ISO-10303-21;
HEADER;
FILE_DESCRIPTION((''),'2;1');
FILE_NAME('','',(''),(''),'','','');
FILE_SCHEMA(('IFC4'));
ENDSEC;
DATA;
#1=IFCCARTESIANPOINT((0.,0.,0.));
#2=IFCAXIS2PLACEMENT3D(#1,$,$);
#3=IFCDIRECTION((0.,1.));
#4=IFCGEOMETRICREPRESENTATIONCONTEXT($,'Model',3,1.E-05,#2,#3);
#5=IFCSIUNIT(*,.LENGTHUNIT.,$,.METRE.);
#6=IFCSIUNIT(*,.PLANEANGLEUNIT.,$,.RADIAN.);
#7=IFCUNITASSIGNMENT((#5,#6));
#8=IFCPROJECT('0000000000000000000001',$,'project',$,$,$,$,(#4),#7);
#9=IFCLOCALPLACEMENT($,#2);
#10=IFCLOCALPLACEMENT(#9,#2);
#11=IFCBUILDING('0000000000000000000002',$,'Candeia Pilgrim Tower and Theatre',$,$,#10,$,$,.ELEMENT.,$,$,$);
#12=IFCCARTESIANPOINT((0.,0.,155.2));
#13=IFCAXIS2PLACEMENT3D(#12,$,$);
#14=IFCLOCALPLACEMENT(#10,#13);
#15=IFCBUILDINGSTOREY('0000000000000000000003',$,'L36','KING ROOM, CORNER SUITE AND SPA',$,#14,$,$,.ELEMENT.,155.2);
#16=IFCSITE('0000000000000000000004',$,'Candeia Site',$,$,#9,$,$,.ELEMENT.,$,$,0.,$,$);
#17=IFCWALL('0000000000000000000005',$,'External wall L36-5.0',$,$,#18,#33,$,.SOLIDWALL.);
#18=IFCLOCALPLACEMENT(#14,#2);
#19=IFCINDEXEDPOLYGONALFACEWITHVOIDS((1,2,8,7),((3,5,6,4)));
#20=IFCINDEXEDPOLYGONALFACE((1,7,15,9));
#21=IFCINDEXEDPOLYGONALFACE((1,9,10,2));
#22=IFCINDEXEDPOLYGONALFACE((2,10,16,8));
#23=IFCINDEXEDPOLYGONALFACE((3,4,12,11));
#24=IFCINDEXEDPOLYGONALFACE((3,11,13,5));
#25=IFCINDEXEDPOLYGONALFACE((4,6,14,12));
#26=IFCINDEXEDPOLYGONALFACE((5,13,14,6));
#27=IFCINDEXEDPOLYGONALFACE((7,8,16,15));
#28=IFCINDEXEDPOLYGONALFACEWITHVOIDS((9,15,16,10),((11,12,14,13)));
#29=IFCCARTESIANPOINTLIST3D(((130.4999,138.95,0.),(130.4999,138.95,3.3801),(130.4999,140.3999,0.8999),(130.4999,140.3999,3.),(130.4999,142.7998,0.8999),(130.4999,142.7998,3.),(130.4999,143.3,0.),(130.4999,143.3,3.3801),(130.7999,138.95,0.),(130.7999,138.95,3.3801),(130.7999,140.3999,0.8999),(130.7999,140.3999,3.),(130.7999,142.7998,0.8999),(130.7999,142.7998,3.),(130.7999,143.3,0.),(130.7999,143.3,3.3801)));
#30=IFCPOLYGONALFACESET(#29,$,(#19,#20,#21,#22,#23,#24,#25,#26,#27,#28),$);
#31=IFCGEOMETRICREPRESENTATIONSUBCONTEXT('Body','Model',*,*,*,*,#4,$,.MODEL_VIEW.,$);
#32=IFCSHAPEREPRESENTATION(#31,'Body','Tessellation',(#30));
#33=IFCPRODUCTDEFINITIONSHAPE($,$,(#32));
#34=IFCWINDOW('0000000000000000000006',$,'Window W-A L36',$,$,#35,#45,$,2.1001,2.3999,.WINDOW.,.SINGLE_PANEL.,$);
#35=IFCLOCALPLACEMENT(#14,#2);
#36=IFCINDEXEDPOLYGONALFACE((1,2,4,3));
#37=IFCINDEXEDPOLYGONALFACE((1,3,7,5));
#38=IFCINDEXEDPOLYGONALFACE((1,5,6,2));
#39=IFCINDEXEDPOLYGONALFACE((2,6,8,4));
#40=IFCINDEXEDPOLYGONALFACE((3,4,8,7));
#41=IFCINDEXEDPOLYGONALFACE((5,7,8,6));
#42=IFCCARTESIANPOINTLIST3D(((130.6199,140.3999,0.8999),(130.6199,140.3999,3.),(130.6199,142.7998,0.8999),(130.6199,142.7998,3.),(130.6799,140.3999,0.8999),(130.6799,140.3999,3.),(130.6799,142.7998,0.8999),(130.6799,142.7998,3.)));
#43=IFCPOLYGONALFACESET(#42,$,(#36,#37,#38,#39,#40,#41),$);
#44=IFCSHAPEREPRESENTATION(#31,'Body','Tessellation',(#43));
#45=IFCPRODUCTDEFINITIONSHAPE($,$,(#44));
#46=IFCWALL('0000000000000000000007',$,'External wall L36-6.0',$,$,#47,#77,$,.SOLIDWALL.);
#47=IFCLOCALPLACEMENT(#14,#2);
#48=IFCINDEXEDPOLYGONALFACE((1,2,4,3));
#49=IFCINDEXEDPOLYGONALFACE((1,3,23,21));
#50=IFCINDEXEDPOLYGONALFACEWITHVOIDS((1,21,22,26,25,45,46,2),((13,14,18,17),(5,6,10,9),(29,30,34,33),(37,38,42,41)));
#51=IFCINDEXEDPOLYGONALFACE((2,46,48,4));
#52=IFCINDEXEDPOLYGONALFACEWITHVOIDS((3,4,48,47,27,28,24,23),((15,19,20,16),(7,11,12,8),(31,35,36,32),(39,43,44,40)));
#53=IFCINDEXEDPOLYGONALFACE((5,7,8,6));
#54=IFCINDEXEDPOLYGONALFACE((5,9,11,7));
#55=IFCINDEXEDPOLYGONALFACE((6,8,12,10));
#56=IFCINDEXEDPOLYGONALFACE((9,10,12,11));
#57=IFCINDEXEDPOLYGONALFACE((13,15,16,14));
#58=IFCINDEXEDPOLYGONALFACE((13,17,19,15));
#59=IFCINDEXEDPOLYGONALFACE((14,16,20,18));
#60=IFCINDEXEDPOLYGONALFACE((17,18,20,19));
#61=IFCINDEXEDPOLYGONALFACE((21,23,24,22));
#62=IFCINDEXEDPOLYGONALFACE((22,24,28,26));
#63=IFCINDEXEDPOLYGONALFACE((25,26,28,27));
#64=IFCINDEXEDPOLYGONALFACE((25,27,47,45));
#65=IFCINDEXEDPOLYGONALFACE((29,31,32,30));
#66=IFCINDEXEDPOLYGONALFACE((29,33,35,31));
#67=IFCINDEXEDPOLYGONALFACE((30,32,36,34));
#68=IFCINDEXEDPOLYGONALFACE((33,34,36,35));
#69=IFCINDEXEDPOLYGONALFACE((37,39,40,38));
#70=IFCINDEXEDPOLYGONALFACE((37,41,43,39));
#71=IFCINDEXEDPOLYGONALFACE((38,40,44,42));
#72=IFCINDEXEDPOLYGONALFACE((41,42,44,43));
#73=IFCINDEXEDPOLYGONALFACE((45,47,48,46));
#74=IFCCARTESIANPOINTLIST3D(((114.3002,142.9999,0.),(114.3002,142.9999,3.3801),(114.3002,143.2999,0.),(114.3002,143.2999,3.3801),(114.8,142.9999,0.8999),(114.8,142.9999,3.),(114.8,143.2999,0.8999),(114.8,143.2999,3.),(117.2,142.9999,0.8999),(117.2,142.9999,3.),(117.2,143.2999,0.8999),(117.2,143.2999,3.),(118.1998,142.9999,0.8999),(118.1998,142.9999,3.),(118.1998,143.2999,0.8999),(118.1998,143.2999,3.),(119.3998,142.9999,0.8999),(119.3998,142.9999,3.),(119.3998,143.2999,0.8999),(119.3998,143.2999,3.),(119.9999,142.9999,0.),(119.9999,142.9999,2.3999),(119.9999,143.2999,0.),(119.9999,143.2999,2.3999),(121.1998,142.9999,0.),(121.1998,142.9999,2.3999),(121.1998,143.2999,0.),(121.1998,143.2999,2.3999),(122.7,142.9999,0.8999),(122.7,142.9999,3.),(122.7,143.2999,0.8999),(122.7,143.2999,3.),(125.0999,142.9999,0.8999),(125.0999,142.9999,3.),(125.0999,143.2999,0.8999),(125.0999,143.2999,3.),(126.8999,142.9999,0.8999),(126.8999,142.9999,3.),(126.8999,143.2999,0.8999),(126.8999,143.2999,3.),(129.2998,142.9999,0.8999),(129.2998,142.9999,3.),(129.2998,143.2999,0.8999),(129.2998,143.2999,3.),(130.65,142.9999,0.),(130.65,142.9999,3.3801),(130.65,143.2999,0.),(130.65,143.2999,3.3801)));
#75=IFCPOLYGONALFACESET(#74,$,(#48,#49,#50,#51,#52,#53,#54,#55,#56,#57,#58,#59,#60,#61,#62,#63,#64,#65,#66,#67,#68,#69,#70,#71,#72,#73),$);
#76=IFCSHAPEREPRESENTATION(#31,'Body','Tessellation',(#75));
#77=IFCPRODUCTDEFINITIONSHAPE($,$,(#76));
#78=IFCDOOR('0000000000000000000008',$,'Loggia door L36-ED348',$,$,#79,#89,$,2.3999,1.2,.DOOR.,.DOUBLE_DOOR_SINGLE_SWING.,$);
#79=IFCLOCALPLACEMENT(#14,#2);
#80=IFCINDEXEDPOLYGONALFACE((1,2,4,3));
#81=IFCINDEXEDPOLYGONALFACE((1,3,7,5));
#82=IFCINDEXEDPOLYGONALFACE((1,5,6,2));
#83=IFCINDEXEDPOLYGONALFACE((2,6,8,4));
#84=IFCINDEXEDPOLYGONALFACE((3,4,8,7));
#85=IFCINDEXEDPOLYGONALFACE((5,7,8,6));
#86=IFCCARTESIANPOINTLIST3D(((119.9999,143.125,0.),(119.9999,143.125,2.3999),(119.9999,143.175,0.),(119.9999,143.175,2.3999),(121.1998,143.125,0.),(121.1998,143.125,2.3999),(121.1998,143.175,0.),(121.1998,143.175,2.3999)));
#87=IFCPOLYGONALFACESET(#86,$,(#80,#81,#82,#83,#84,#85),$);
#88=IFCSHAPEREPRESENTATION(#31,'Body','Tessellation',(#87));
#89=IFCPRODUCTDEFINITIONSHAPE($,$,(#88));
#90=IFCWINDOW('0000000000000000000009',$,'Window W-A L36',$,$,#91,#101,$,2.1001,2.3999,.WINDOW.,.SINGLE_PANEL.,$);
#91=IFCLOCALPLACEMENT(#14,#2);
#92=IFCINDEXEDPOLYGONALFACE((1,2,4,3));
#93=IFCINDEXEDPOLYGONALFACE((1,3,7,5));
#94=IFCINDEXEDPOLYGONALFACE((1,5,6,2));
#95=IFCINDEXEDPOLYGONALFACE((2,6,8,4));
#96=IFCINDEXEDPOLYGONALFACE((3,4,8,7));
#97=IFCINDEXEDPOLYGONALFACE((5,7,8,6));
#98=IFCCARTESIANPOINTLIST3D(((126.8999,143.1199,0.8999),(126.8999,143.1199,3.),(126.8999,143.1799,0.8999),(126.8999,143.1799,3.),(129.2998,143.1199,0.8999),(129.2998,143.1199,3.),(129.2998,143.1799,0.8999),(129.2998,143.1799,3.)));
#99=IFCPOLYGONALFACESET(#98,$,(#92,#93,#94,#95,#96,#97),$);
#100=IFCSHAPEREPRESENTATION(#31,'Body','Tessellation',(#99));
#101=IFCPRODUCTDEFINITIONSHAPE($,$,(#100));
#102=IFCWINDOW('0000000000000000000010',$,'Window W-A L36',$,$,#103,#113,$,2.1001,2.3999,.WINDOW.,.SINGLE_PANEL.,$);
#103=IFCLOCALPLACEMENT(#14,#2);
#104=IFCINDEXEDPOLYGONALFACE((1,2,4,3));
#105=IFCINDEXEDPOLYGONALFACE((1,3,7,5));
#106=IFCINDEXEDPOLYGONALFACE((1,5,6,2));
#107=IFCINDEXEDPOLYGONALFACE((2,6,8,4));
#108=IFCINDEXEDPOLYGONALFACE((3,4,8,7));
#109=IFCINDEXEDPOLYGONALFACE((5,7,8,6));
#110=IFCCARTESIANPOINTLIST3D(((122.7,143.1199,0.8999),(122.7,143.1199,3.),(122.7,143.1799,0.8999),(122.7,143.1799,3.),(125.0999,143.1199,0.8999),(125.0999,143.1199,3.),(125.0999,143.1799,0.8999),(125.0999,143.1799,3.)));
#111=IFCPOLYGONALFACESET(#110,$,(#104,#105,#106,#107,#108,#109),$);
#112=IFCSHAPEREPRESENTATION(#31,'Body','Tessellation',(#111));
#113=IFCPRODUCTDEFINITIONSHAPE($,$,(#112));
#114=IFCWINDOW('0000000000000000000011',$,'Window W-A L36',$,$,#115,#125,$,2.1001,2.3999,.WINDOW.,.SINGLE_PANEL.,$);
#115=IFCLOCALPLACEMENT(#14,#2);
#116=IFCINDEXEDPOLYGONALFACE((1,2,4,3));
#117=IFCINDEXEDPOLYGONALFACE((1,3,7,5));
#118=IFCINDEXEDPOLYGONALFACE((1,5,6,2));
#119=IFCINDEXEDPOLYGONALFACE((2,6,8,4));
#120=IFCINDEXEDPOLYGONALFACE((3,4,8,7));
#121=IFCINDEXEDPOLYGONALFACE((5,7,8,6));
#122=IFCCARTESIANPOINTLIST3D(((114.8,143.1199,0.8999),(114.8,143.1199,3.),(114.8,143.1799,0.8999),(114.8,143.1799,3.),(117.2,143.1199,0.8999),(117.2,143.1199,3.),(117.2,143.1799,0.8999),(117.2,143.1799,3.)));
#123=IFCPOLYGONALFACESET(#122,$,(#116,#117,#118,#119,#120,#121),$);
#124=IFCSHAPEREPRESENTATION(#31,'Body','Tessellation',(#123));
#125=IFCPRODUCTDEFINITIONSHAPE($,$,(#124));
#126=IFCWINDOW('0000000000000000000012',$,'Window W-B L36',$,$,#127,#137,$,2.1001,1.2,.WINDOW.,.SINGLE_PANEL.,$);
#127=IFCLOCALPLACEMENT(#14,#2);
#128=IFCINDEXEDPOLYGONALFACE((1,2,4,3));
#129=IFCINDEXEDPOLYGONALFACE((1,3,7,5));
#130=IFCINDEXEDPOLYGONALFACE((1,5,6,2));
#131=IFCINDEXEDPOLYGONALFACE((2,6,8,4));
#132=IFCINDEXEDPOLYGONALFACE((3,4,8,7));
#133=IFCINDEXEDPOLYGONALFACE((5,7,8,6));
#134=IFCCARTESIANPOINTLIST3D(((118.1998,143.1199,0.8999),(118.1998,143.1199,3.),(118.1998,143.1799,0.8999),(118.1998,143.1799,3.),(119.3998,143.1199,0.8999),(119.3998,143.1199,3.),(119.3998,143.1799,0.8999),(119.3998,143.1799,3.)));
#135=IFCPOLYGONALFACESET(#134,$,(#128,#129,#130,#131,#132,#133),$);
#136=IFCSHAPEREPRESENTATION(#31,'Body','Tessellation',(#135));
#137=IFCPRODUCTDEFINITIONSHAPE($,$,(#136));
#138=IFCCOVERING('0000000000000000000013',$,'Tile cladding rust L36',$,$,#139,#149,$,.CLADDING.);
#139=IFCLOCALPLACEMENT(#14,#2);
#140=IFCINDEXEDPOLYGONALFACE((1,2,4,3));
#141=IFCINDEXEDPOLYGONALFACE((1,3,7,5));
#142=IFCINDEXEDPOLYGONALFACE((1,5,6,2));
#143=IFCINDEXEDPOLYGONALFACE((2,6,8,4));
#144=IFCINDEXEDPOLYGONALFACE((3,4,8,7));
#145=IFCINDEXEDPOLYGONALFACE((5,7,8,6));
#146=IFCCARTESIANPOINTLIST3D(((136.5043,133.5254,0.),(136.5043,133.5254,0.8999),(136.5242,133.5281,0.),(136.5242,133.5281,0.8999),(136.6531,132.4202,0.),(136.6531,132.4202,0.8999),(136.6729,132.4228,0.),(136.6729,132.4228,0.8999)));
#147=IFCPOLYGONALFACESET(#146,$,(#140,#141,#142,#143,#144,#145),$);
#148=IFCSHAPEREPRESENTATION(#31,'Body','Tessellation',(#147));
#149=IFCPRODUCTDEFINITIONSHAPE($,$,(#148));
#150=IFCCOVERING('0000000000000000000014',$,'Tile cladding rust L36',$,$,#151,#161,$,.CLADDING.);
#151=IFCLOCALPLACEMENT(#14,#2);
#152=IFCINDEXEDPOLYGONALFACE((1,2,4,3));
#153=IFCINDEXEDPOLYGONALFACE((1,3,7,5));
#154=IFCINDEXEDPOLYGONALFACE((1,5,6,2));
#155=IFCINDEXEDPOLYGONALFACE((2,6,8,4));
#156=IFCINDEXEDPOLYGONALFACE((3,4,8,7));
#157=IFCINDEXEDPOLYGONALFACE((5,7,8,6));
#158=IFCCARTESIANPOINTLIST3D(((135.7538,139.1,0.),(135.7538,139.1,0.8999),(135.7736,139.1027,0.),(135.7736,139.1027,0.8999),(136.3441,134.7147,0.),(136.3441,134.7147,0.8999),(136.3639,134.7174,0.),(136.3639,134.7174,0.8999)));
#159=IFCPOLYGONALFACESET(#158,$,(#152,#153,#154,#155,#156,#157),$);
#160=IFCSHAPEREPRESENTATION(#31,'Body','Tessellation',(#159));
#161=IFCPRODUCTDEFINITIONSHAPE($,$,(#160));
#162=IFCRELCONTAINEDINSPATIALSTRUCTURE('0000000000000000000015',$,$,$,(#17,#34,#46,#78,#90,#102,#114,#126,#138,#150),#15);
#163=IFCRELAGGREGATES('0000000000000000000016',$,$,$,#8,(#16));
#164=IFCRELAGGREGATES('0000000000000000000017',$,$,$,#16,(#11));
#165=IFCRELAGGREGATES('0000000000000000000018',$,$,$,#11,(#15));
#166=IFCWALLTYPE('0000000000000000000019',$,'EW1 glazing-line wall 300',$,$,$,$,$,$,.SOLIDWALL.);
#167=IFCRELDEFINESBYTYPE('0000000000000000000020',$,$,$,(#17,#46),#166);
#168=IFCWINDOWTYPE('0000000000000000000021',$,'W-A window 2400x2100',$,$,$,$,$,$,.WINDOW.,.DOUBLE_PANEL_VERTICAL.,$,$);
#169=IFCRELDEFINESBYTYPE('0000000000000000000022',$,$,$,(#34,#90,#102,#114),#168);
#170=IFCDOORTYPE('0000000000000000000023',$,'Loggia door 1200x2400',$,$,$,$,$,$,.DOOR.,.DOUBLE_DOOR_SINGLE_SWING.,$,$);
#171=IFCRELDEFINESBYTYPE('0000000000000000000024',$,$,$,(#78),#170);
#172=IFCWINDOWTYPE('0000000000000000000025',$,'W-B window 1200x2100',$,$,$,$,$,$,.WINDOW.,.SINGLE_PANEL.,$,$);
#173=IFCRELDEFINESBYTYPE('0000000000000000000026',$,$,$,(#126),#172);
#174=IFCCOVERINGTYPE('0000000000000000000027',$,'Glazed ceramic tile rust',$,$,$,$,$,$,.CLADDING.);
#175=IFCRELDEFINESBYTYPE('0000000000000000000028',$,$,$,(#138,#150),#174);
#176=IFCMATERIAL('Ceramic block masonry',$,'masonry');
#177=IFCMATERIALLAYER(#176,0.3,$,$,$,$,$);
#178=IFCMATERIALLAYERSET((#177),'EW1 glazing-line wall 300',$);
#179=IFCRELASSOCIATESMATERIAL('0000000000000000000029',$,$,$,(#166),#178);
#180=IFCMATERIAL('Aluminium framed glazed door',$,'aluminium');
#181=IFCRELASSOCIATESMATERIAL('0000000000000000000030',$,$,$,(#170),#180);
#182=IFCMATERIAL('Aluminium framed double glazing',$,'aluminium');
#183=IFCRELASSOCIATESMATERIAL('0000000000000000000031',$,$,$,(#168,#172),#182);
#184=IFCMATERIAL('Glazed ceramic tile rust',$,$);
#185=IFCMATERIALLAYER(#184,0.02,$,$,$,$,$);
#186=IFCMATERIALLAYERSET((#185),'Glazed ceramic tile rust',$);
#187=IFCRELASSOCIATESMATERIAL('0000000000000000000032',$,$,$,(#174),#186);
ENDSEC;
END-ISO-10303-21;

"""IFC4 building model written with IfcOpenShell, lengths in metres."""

from ifc_helpers import new_model, si_unit, direction, frame, frame_2d, origin, origin_2d, place, context, subcontext, project, spatial, rectangle, extrude, material, layer, layer_set, type_object, element, fill, save


model = new_model("IFC4")

# Units and contexts
model_context = context("Model", 3, precision=1e-05, world=origin(), true_north=direction((0.0, 1.0)))
body_context = subcontext(model_context, "Body", "Model", "MODEL_VIEW")
ifc_project = project(units=[si_unit("LENGTHUNIT", "METRE"), si_unit("PLANEANGLEUNIT", "RADIAN")], contexts=[model_context])

# Site, building, storey
site_placement = place(None, origin())
site = spatial("IfcSite", under=ifc_project, at=site_placement, Name="Candeia Site", CompositionType="ELEMENT", RefElevation=0.0)
building_placement = place(site_placement, origin())
building = spatial("IfcBuilding", under=site, at=building_placement, Name="Candeia Pilgrim Tower and Theatre", CompositionType="ELEMENT")
storey_placement = place(building_placement, frame((0.0, 0.0, 155.2)))
storey = spatial("IfcBuildingStorey", under=building, at=storey_placement, Name="L36", Description="KING ROOM, CORNER SUITE AND SPA", CompositionType="ELEMENT", Elevation=155.2)

# Shared definitions
ifc_material_1 = material(Name="Ceramic block masonry", Category="masonry")
ifc_layer_1 = layer(ifc_material_1, 0.3)
ifc_layer_set_1 = layer_set([ifc_layer_1], Name="EW1 glazing-line wall 300")
wall_type_1 = type_object("IfcWallType", Name="EW1 glazing-line wall 300", PredefinedType="SOLIDWALL", material=ifc_layer_set_1)
ifc_material_2 = material(Name="Aluminium framed glazed door", Category="aluminium")
door_type = type_object("IfcDoorType", Name="Loggia door 1200x2400", OperationType="DOUBLE_DOOR_SINGLE_SWING", PredefinedType="DOOR", material=ifc_material_2)
ifc_material_3 = material(Name="Aluminium framed double glazing", Category="aluminium")
window_type_1 = type_object("IfcWindowType", Name="W-A window 2400x2100", PartitioningType="DOUBLE_PANEL_VERTICAL", PredefinedType="WINDOW", material=ifc_material_3)

# Wall, opening, window
window_type_2 = type_object("IfcWindowType", Name="W-B window 1200x2100", PartitioningType="SINGLE_PANEL", PredefinedType="WINDOW", material=ifc_material_3)
wall_1_placement = place(storey_placement, frame((130.6499, 138.95, 0.0), z_axis=(0.0, 0.0, 1.0), x_axis=(0.0, 1.0, 0.0)))
wall_1 = element("IfcWall", 1, at=wall_1_placement, inside=storey, type_object=wall_type_1, Name="External wall L36-5.0", PredefinedType="SOLIDWALL", context=body_context, shape_type="SweptSolid", body=[
    extrude(rectangle(XDim=4.3501, YDim=0.3, at=frame_2d((2.175, 0.0))), origin(), (0.0, 0.0, 1.0), 3.3801),
])
opening_1_placement = place(wall_1_placement, frame((1.45, 0.0, 0.8999)))
opening_1 = element("IfcOpeningElement", 2, at=opening_1_placement, cuts=wall_1, PredefinedType="OPENING", context=body_context, shape_type="SweptSolid", body=[
    extrude(rectangle(XDim=2.3999, YDim=2.1001, at=frame_2d((1.2, 1.05))), frame((0.0, 0.1602, 0.0), z_axis=(0.0, -1.0, 0.0), x_axis=(1.0, 0.0, 0.0)), (0.0, 0.0, 1.0), 0.3201),
])
window_1_placement = place(opening_1_placement, origin())
window_1 = element("IfcWindow", 3, at=window_1_placement, inside=storey, type_object=window_type_1, Name="Window W-A L36", OverallHeight=2.1001, OverallWidth=2.3999, PartitioningType="SINGLE_PANEL", PredefinedType="WINDOW", context=body_context, shape_type="SweptSolid", body=[
    extrude(rectangle(XDim=2.3999, YDim=2.1001, at=frame_2d((1.2, 1.05))), frame((0.0, 0.03, 0.0), z_axis=(0.0, -1.0, 0.0), x_axis=(1.0, 0.0, 0.0)), (0.0, 0.0, 1.0), 0.0601),
])
fill(opening_1, window_1)

# Wall, openings, door, windows
wall_2_placement = place(storey_placement, frame((130.6499, 143.1499, 0.0), z_axis=(0.0, 0.0, 1.0), x_axis=(-1.0, 0.0, 0.0)))
wall_2 = element("IfcWall", 4, at=wall_2_placement, inside=storey, type_object=wall_type_1, Name="External wall L36-6.0", PredefinedType="SOLIDWALL", context=body_context, shape_type="SweptSolid", body=[
    extrude(rectangle(XDim=16.3499, YDim=0.3, at=frame_2d((8.1748, 0.0))), origin(), (0.0, 0.0, 1.0), 3.3801),
])
opening_2_placement = place(wall_2_placement, frame((1.3501, 0.0, 0.8999)))
opening_2 = element("IfcOpeningElement", 5, at=opening_2_placement, cuts=wall_2, PredefinedType="OPENING", context=body_context, shape_type="SweptSolid", body=[
    extrude(rectangle(XDim=2.3999, YDim=2.1001, at=frame_2d((1.2, 1.05))), frame((0.0, 0.1602, 0.0), z_axis=(0.0, -1.0, 0.0), x_axis=(1.0, 0.0, 0.0)), (0.0, 0.0, 1.0), 0.3201),
])
opening_3_placement = place(wall_2_placement, frame((5.55, 0.0, 0.8999)))
opening_3 = element("IfcOpeningElement", 6, at=opening_3_placement, cuts=wall_2, PredefinedType="OPENING", context=body_context, shape_type="SweptSolid", body=[
    extrude(rectangle(XDim=2.3999, YDim=2.1001, at=frame_2d((1.2, 1.05))), frame((0.0, 0.1602, 0.0), z_axis=(0.0, -1.0, 0.0), x_axis=(1.0, 0.0, 0.0)), (0.0, 0.0, 1.0), 0.3201),
])
opening_4_placement = place(wall_2_placement, frame((9.45, 0.0, 0.0)))
opening_4 = element("IfcOpeningElement", 7, at=opening_4_placement, cuts=wall_2, PredefinedType="OPENING", context=body_context, shape_type="SweptSolid", body=[
    extrude(rectangle(XDim=1.2, YDim=2.3999, at=frame_2d((0.6001, 1.2))), frame((0.0, 0.1602, 0.0), z_axis=(0.0, -1.0, 0.0), x_axis=(1.0, 0.0, 0.0)), (0.0, 0.0, 1.0), 0.3201),
])
opening_5_placement = place(wall_2_placement, frame((11.25, 0.0, 0.8999)))
opening_5 = element("IfcOpeningElement", 8, at=opening_5_placement, cuts=wall_2, PredefinedType="OPENING", context=body_context, shape_type="SweptSolid", body=[
    extrude(rectangle(XDim=1.2, YDim=2.1001, at=frame_2d((0.6001, 1.05))), frame((0.0, 0.1602, 0.0), z_axis=(0.0, -1.0, 0.0), x_axis=(1.0, 0.0, 0.0)), (0.0, 0.0, 1.0), 0.3201),
])
opening_6_placement = place(wall_2_placement, frame((13.45, 0.0, 0.8999)))
opening_6 = element("IfcOpeningElement", 9, at=opening_6_placement, cuts=wall_2, PredefinedType="OPENING", context=body_context, shape_type="SweptSolid", body=[
    extrude(rectangle(XDim=2.3999, YDim=2.1001, at=frame_2d((1.2, 1.05))), frame((0.0, 0.1602, 0.0), z_axis=(0.0, -1.0, 0.0), x_axis=(1.0, 0.0, 0.0)), (0.0, 0.0, 1.0), 0.3201),
])
door_1_placement = place(opening_4_placement, origin())
door_1 = element("IfcDoor", 10, at=door_1_placement, inside=storey, type_object=door_type, Name="Loggia door L36-ED348", OperationType="DOUBLE_DOOR_SINGLE_SWING", OverallHeight=2.3999, OverallWidth=1.2, PredefinedType="DOOR", context=body_context, shape_type="SweptSolid", body=[
    extrude(rectangle(XDim=1.2, YDim=2.3999, at=frame_2d((0.6001, 1.2))), frame((0.0, 0.0249, 0.0), z_axis=(0.0, -1.0, 0.0), x_axis=(1.0, 0.0, 0.0)), (0.0, 0.0, 1.0), 0.05),
])
fill(opening_4, door_1)
window_2_placement = place(opening_2_placement, origin())
window_2 = element("IfcWindow", 11, at=window_2_placement, inside=storey, type_object=window_type_1, Name="Window W-A L36", OverallHeight=2.1001, OverallWidth=2.3999, PartitioningType="SINGLE_PANEL", PredefinedType="WINDOW", context=body_context, shape_type="SweptSolid", body=[
    extrude(rectangle(XDim=2.3999, YDim=2.1001, at=frame_2d((1.2, 1.05))), frame((0.0, 0.03, 0.0), z_axis=(0.0, -1.0, 0.0), x_axis=(1.0, 0.0, 0.0)), (0.0, 0.0, 1.0), 0.0601),
])
fill(opening_2, window_2)
window_3_placement = place(opening_3_placement, origin())
window_3 = element("IfcWindow", 12, at=window_3_placement, inside=storey, type_object=window_type_1, Name="Window W-A L36", OverallHeight=2.1001, OverallWidth=2.3999, PartitioningType="SINGLE_PANEL", PredefinedType="WINDOW", context=body_context, shape_type="SweptSolid", body=[
    extrude(rectangle(XDim=2.3999, YDim=2.1001, at=frame_2d((1.2, 1.05))), frame((0.0, 0.03, 0.0), z_axis=(0.0, -1.0, 0.0), x_axis=(1.0, 0.0, 0.0)), (0.0, 0.0, 1.0), 0.0601),
])
fill(opening_3, window_3)
window_4_placement = place(opening_6_placement, origin())
window_4 = element("IfcWindow", 13, at=window_4_placement, inside=storey, type_object=window_type_1, Name="Window W-A L36", OverallHeight=2.1001, OverallWidth=2.3999, PartitioningType="SINGLE_PANEL", PredefinedType="WINDOW", context=body_context, shape_type="SweptSolid", body=[
    extrude(rectangle(XDim=2.3999, YDim=2.1001, at=frame_2d((1.2, 1.05))), frame((0.0, 0.03, 0.0), z_axis=(0.0, -1.0, 0.0), x_axis=(1.0, 0.0, 0.0)), (0.0, 0.0, 1.0), 0.0601),
])
fill(opening_6, window_4)
window_5_placement = place(opening_5_placement, origin())
window_5 = element("IfcWindow", 14, at=window_5_placement, inside=storey, type_object=window_type_2, Name="Window W-B L36", OverallHeight=2.1001, OverallWidth=1.2, PartitioningType="SINGLE_PANEL", PredefinedType="WINDOW", context=body_context, shape_type="SweptSolid", body=[
    extrude(rectangle(XDim=1.2, YDim=2.1001, at=frame_2d((0.6001, 1.05))), frame((0.0, 0.03, 0.0), z_axis=(0.0, -1.0, 0.0), x_axis=(1.0, 0.0, 0.0)), (0.0, 0.0, 1.0), 0.0601),
])
fill(opening_5, window_5)

# Coverings
ifc_material_4 = material(Name="Glazed ceramic tile rust")
ifc_layer_2 = layer(ifc_material_4, 0.02)
ifc_layer_set_2 = layer_set([ifc_layer_2], Name="Glazed ceramic tile rust")
covering_type = type_object("IfcCoveringType", Name="Glazed ceramic tile rust", PredefinedType="CLADDING", material=ifc_layer_set_2)
covering_1_placement = place(storey_placement, frame((136.5886, 132.9741, 0.0), z_axis=(0.0, 0.0, 1.0), x_axis=(-0.133412, 0.991061, 0.0)))
element("IfcCovering", 15, at=covering_1_placement, inside=storey, type_object=covering_type, Name="Tile cladding rust L36", PredefinedType="CLADDING", context=body_context, shape_type="SweptSolid", body=[
    extrude(rectangle(XDim=1.1152, YDim=0.02, at=origin_2d()), origin(), (0.0, 0.0, 1.0), 0.8999),
])
covering_2_placement = place(storey_placement, frame((136.0588, 136.9087, 0.0), z_axis=(0.0, 0.0, 1.0), x_axis=(-0.133412, 0.991061, 0.0)))
element("IfcCovering", 16, at=covering_2_placement, inside=storey, type_object=covering_type, Name="Tile cladding rust L36", PredefinedType="CLADDING", context=body_context, shape_type="SweptSolid", body=[
    extrude(rectangle(XDim=4.4248, YDim=0.02, at=origin_2d()), origin(), (0.0, 0.0, 1.0), 0.8999),
])

save(model, "model.ifc")
